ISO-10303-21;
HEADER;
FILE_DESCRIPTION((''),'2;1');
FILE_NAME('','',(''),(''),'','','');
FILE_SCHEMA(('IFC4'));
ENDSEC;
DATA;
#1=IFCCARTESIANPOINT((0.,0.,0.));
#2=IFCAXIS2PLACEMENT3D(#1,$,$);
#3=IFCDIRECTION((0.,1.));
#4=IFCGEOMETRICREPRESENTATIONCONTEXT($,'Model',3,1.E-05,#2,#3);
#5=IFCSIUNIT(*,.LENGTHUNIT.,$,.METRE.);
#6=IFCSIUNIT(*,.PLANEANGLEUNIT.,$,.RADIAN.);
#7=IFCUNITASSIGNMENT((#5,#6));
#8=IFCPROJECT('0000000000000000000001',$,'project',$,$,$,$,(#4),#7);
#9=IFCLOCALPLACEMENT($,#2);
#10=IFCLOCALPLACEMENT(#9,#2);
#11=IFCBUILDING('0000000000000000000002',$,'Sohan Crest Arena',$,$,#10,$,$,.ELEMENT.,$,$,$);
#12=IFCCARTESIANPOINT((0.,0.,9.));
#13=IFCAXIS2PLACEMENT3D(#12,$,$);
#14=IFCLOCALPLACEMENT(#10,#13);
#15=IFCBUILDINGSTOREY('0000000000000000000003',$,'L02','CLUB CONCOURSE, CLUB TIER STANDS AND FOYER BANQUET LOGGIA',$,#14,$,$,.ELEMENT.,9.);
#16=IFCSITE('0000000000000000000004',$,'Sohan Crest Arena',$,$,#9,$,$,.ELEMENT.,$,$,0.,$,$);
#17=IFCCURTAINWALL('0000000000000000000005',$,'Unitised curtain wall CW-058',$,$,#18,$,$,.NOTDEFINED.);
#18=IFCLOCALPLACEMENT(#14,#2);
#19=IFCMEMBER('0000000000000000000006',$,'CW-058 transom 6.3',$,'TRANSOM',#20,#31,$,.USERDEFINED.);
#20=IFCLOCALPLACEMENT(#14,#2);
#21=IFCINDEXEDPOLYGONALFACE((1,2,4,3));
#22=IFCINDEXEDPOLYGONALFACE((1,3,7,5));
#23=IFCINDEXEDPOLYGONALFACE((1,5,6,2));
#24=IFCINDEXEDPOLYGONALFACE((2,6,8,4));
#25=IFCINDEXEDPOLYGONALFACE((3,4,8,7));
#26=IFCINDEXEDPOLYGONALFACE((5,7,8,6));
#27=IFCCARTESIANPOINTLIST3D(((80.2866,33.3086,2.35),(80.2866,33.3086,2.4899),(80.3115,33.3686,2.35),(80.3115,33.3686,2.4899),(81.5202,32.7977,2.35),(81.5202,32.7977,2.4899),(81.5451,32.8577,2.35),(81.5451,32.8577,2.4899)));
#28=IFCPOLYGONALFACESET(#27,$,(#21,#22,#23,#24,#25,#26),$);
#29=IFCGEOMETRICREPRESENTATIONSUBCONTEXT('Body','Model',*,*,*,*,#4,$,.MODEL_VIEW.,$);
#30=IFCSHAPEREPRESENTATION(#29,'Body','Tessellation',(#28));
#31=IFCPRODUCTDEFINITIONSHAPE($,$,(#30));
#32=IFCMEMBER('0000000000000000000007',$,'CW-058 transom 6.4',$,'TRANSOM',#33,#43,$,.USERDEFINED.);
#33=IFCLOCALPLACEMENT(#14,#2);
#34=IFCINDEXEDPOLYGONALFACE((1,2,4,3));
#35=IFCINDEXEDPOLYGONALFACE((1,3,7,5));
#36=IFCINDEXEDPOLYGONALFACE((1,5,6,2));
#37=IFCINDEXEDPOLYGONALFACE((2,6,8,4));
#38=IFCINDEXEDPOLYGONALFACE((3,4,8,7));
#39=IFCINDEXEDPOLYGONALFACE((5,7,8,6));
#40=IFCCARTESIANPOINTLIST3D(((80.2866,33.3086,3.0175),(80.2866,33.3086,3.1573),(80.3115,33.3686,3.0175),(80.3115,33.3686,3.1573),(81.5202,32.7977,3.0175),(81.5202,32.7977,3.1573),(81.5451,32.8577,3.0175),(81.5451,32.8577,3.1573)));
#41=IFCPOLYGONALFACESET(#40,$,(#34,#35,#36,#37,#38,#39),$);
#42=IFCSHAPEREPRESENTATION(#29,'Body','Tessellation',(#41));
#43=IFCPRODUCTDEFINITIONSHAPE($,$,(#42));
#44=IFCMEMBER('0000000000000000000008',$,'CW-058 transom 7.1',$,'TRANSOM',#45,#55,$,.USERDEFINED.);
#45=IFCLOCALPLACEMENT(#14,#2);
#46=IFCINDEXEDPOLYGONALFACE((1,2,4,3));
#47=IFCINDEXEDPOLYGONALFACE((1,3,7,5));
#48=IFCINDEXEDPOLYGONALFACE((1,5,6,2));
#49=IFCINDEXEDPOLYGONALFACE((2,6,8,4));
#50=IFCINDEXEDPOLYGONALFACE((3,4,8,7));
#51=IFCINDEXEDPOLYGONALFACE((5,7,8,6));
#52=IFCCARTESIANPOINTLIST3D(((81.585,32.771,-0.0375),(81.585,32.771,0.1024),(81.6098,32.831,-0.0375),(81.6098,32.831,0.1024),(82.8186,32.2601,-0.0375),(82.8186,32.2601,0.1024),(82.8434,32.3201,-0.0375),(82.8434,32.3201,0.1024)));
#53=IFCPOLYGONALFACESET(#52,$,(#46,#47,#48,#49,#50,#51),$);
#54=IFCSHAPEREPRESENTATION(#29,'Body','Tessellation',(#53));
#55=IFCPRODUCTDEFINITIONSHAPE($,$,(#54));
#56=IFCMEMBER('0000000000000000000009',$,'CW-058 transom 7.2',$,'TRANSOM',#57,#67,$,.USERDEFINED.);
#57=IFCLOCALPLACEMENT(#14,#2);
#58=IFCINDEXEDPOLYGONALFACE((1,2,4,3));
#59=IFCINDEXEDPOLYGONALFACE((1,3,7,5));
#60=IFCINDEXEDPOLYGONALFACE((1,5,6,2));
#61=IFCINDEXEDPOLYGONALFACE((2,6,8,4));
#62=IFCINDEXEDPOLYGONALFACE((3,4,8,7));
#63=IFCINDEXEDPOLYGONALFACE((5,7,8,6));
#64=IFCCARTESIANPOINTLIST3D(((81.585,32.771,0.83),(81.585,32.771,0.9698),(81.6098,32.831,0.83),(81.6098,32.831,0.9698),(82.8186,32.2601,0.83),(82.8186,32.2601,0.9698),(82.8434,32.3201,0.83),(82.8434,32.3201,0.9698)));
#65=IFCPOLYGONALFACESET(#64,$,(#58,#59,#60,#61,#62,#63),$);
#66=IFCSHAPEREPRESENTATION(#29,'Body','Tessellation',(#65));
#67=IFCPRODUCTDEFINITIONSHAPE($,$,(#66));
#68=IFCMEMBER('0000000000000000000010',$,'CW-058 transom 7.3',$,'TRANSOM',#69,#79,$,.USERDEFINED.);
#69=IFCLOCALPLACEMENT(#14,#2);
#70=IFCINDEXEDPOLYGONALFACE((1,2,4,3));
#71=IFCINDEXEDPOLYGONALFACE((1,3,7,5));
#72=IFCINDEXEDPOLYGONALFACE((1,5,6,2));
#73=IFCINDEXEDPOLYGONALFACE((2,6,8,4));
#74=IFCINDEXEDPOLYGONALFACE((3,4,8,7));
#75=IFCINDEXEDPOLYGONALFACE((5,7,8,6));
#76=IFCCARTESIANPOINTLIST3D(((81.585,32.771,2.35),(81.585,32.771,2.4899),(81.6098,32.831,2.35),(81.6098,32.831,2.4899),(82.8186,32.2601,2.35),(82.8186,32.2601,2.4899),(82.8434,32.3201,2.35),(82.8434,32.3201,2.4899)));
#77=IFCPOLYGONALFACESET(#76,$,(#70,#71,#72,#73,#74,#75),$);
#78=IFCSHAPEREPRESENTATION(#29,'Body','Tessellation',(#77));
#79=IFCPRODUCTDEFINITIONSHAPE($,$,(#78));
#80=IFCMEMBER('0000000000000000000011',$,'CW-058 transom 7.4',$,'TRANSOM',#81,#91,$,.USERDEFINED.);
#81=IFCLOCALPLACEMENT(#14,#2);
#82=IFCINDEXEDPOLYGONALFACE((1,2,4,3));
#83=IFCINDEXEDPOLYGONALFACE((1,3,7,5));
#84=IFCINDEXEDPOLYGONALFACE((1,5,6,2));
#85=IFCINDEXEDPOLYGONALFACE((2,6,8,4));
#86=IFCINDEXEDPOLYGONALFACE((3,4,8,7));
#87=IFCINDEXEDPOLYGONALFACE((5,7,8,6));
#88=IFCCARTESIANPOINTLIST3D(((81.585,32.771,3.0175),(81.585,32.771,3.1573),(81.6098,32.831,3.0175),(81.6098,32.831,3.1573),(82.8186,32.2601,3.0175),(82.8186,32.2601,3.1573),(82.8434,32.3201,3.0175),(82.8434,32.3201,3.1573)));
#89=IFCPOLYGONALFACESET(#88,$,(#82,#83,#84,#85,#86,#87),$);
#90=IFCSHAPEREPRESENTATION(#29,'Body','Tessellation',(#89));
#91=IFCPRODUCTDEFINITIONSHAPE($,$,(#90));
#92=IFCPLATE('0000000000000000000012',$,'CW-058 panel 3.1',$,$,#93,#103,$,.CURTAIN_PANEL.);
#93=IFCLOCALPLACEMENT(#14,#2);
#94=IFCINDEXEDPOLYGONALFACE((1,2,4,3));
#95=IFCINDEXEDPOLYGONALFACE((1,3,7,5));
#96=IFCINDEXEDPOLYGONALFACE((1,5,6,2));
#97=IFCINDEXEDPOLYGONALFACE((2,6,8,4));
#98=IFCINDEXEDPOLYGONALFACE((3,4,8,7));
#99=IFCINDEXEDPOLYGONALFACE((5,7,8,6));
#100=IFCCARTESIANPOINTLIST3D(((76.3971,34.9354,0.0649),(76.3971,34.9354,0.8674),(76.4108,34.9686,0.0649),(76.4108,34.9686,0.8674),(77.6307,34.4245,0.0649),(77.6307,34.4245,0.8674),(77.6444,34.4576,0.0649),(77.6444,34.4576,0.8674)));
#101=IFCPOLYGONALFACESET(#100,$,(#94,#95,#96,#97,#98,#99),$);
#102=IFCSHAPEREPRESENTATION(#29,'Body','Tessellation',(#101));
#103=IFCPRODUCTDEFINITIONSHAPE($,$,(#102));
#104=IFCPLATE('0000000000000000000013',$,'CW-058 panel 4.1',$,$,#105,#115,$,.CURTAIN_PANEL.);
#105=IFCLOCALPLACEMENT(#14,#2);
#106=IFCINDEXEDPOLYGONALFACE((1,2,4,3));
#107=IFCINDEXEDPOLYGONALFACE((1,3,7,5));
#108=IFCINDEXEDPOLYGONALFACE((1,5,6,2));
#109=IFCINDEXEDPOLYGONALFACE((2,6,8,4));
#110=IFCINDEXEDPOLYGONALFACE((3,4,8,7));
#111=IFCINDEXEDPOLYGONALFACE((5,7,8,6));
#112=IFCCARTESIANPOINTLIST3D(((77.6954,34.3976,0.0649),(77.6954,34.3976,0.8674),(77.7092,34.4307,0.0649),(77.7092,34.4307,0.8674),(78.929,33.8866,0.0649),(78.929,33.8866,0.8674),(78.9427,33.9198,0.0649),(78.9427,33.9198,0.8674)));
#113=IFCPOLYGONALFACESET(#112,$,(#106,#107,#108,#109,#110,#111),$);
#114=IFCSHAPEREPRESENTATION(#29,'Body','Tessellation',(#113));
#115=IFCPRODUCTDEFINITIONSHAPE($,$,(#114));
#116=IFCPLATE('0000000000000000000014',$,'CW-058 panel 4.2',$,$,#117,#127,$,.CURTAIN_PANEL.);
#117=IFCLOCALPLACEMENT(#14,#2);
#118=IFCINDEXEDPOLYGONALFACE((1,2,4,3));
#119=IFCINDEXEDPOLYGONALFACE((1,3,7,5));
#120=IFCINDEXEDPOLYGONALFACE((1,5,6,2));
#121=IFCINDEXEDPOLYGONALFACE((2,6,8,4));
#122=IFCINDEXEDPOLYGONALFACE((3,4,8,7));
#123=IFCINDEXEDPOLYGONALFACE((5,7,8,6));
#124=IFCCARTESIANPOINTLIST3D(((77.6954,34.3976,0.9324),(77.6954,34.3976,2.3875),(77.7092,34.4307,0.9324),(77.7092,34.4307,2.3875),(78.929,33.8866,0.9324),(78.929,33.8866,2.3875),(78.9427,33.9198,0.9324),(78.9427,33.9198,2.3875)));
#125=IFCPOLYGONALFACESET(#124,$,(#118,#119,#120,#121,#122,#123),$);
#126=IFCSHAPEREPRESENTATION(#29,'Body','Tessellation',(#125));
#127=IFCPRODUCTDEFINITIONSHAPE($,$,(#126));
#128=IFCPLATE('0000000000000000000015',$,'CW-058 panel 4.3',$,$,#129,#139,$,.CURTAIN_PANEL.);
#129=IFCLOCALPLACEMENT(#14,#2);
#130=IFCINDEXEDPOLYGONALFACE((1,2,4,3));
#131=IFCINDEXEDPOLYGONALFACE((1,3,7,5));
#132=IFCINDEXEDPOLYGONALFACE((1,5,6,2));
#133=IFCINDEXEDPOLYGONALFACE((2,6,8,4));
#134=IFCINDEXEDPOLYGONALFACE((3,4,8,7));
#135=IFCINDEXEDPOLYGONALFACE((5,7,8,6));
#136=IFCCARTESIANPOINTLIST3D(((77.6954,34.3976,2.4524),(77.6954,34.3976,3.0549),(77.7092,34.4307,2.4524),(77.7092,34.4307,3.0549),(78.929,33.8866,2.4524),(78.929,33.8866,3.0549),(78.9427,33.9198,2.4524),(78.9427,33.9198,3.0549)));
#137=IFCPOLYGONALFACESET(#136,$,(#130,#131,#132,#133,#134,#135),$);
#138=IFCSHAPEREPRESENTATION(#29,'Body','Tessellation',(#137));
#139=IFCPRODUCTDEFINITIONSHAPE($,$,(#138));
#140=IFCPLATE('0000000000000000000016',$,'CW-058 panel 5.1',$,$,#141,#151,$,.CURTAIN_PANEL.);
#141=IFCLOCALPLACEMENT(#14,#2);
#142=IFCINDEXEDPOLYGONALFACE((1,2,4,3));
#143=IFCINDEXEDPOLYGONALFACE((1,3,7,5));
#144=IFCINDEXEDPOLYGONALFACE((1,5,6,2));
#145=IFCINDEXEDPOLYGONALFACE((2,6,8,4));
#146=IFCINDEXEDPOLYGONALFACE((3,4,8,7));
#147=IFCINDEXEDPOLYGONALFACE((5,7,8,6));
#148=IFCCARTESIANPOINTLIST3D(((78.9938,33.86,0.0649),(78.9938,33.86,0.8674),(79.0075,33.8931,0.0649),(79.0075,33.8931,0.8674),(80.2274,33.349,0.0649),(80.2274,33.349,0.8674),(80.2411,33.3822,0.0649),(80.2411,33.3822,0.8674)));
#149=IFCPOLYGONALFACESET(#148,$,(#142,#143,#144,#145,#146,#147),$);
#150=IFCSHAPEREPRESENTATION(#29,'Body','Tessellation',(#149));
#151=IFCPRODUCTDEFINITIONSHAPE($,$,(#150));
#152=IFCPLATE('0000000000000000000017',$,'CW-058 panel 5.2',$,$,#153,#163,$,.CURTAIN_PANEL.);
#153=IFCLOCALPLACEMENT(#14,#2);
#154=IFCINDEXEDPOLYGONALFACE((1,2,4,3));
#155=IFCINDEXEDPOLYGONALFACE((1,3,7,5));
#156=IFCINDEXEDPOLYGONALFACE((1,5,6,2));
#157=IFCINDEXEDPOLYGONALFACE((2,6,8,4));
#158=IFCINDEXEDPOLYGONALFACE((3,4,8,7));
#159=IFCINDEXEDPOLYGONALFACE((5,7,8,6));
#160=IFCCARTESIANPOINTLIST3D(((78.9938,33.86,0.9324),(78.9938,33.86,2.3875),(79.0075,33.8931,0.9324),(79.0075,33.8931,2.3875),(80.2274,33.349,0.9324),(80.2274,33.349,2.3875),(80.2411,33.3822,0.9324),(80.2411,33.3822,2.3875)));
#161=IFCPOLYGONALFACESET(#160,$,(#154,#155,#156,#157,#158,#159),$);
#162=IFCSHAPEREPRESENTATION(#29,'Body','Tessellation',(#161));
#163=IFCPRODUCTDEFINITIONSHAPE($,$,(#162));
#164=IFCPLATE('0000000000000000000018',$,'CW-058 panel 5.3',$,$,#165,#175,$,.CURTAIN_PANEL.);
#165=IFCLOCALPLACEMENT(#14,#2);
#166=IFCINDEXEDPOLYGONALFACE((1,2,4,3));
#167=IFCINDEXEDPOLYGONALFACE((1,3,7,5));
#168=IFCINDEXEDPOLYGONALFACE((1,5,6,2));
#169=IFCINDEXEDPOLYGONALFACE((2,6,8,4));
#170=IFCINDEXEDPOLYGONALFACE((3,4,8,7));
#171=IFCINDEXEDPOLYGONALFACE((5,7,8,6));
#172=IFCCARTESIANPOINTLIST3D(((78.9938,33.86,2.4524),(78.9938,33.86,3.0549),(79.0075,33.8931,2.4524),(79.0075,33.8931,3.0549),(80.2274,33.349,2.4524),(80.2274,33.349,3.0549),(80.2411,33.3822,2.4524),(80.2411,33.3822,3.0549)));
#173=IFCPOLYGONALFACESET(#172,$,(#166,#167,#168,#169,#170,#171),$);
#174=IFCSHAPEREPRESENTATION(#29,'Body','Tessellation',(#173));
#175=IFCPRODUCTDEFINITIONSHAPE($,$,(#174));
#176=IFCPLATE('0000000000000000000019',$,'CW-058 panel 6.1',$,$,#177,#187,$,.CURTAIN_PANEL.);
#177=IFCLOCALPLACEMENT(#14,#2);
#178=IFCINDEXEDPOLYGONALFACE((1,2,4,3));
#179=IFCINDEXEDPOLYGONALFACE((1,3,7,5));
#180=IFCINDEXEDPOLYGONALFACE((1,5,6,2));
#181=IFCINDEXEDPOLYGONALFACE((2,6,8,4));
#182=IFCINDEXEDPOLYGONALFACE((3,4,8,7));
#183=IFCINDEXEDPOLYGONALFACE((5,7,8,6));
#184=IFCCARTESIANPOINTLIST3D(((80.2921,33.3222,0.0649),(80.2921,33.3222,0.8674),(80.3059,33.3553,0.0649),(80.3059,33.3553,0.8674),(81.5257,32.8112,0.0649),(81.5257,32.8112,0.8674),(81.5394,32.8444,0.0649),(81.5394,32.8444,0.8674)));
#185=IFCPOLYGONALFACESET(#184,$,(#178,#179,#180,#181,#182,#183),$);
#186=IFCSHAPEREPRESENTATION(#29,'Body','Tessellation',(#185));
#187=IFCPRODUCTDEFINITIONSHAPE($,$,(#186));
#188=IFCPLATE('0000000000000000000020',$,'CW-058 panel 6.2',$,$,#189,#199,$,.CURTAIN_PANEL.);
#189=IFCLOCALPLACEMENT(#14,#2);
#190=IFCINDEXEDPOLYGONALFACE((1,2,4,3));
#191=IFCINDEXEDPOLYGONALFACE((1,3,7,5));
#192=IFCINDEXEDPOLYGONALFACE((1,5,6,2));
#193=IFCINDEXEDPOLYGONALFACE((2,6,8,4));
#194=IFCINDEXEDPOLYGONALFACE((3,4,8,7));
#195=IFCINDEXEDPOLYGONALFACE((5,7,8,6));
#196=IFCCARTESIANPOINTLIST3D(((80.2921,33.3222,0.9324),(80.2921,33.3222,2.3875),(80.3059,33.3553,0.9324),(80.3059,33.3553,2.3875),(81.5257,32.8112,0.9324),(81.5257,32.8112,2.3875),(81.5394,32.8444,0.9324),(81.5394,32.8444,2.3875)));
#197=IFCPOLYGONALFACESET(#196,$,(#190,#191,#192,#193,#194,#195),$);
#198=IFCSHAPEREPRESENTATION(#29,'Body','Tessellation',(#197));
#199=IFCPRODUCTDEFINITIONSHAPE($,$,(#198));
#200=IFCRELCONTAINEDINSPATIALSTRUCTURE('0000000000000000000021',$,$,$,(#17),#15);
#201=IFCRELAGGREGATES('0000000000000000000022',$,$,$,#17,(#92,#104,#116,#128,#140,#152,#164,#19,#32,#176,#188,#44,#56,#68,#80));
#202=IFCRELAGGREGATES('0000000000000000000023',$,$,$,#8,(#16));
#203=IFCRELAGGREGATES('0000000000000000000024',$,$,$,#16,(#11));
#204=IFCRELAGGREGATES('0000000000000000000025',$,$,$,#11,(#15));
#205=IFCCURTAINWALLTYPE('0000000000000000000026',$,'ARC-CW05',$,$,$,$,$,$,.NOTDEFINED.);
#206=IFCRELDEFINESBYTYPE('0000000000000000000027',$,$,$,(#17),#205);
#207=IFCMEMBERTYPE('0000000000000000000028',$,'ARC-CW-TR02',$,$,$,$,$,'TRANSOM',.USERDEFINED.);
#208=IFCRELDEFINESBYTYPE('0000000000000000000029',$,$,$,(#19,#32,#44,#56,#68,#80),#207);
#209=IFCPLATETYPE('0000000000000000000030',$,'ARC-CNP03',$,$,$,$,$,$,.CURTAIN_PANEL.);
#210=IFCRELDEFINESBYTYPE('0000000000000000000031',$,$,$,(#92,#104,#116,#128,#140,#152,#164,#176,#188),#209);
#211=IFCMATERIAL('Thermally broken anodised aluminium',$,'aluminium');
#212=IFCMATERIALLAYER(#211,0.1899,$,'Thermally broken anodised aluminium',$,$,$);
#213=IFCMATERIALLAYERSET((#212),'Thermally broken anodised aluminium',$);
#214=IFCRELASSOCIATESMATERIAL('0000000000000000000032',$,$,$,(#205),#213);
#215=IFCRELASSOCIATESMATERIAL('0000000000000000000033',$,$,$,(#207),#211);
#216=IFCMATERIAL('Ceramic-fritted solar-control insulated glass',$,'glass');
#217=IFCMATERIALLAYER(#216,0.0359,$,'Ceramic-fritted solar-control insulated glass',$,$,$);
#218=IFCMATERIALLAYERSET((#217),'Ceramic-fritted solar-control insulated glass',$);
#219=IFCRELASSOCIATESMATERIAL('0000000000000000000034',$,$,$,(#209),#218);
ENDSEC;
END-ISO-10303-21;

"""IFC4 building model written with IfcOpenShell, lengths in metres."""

from ifc_helpers import new_model, si_unit, direction, frame, origin, origin_2d, place, context, subcontext, project, spatial, rectangle, extrude, material, layer, layer_set, material_profile, profile_set, type_object, element, aggregate, save


model = new_model("IFC4")

# Units and contexts
model_context = context("Model", 3, precision=1e-05, world=origin(), true_north=direction((0.0, 1.0)))
body_context = subcontext(model_context, "Body", "Model", "MODEL_VIEW")
ifc_project = project(units=[si_unit("LENGTHUNIT", "METRE"), si_unit("PLANEANGLEUNIT", "RADIAN")], contexts=[model_context])

# Site, building, storey
site_placement = place(None, origin())
site = spatial("IfcSite", under=ifc_project, at=site_placement, Name="Sohan Crest Arena", CompositionType="ELEMENT", RefElevation=0.0)
building_placement = place(site_placement, origin())
building = spatial("IfcBuilding", under=site, at=building_placement, Name="Sohan Crest Arena", CompositionType="ELEMENT")
storey_placement = place(building_placement, frame((0.0, 0.0, 9.0)))
storey = spatial("IfcBuildingStorey", under=building, at=storey_placement, Name="L02", Description="CLUB CONCOURSE, CLUB TIER STANDS AND FOYER BANQUET LOGGIA", CompositionType="ELEMENT", Elevation=9.0)

# Curtain wall, members, plates
ifc_material_1 = material(Name="Thermally broken anodised aluminium", Category="aluminium")
ifc_layer_1 = layer(ifc_material_1, 0.1899, Name="Thermally broken anodised aluminium")
ifc_layer_set_1 = layer_set([ifc_layer_1], Name="Thermally broken anodised aluminium")
curtain_wall_type = type_object("IfcCurtainWallType", Name="ARC-CW05", PredefinedType="NOTDEFINED", material=ifc_layer_set_1)
curtain_wall_placement = place(storey_placement, origin())
curtain_wall = element("IfcCurtainWall", 1, at=curtain_wall_placement, inside=storey, type_object=curtain_wall_type, Name="Unitised curtain wall CW-058", PredefinedType="NOTDEFINED")
ifc_material_profile_1 = material_profile(ifc_material_1, rectangle(XDim=0.0649, YDim=0.1399, at=origin_2d()), Name="ALU-TRAN 65x140")
ifc_profile_set_1 = profile_set([ifc_material_profile_1], Name="Thermally broken anodised aluminium")
member_type_1 = type_object("IfcMemberType", Name="ARC-CW-TR02", ElementType="TRANSOM", PredefinedType="USERDEFINED", material=ifc_profile_set_1)
member_1_placement = place(storey_placement, frame((80.2991, 33.3386, 2.4199), z_axis=(0.923881, -0.38268, 0.0), x_axis=(0.38268, 0.923881, 0.0)))
member_1 = element("IfcMember", 2, at=member_1_placement, type_object=member_type_1, Name="CW-058 transom 6.3", ObjectType="TRANSOM", PredefinedType="USERDEFINED", context=body_context, shape_type="SweptSolid", body=[
    extrude(rectangle(XDim=0.0649, YDim=0.1399, at=origin_2d()), origin(), (0.0, 0.0, 1.0), 1.3352),
])
member_2_placement = place(storey_placement, frame((80.2991, 33.3386, 3.0874), z_axis=(0.923881, -0.38268, 0.0), x_axis=(0.38268, 0.923881, 0.0)))
member_2 = element("IfcMember", 3, at=member_2_placement, type_object=member_type_1, Name="CW-058 transom 6.4", ObjectType="TRANSOM", PredefinedType="USERDEFINED", context=body_context, shape_type="SweptSolid", body=[
    extrude(rectangle(XDim=0.0649, YDim=0.1399, at=origin_2d()), origin(), (0.0, 0.0, 1.0), 1.3352),
])
member_3_placement = place(storey_placement, frame((81.5974, 32.801, 0.0325), z_axis=(0.923881, -0.38268, 0.0), x_axis=(0.38268, 0.923881, 0.0)))
member_3 = element("IfcMember", 4, at=member_3_placement, type_object=member_type_1, Name="CW-058 transom 7.1", ObjectType="TRANSOM", PredefinedType="USERDEFINED", context=body_context, shape_type="SweptSolid", body=[
    extrude(rectangle(XDim=0.0649, YDim=0.1399, at=origin_2d()), origin(), (0.0, 0.0, 1.0), 1.3352),
])
member_4_placement = place(storey_placement, frame((81.5974, 32.801, 0.8999), z_axis=(0.923881, -0.38268, 0.0), x_axis=(0.38268, 0.923881, 0.0)))
member_4 = element("IfcMember", 5, at=member_4_placement, type_object=member_type_1, Name="CW-058 transom 7.2", ObjectType="TRANSOM", PredefinedType="USERDEFINED", context=body_context, shape_type="SweptSolid", body=[
    extrude(rectangle(XDim=0.0649, YDim=0.1399, at=origin_2d()), origin(), (0.0, 0.0, 1.0), 1.3352),
])
member_5_placement = place(storey_placement, frame((81.5974, 32.801, 2.4199), z_axis=(0.923881, -0.38268, 0.0), x_axis=(0.38268, 0.923881, 0.0)))
member_5 = element("IfcMember", 6, at=member_5_placement, type_object=member_type_1, Name="CW-058 transom 7.3", ObjectType="TRANSOM", PredefinedType="USERDEFINED", context=body_context, shape_type="SweptSolid", body=[
    extrude(rectangle(XDim=0.0649, YDim=0.1399, at=origin_2d()), origin(), (0.0, 0.0, 1.0), 1.3352),
])
member_6_placement = place(storey_placement, frame((81.5974, 32.801, 3.0874), z_axis=(0.923881, -0.38268, 0.0), x_axis=(0.38268, 0.923881, 0.0)))
member_6 = element("IfcMember", 7, at=member_6_placement, type_object=member_type_1, Name="CW-058 transom 7.4", ObjectType="TRANSOM", PredefinedType="USERDEFINED", context=body_context, shape_type="SweptSolid", body=[
    extrude(rectangle(XDim=0.0649, YDim=0.1399, at=origin_2d()), origin(), (0.0, 0.0, 1.0), 1.3352),
])
ifc_material_2 = material(Name="Ceramic-fritted solar-control insulated glass", Category="glass")
ifc_layer_2 = layer(ifc_material_2, 0.0359, Name="Ceramic-fritted solar-control insulated glass")
ifc_layer_set_2 = layer_set([ifc_layer_2], Name="Ceramic-fritted solar-control insulated glass")
plate_type = type_object("IfcPlateType", Name="ARC-CNP03", PredefinedType="CURTAIN_PANEL", material=ifc_layer_set_2)
plate_1_placement = place(storey_placement, frame((77.0208, 34.6965, 0.0649), z_axis=(0.0, 0.0, 1.0), x_axis=(0.923882, -0.382678, 0.0)))
plate_1 = element("IfcPlate", 8, at=plate_1_placement, type_object=plate_type, Name="CW-058 panel 3.1", PredefinedType="CURTAIN_PANEL", context=body_context, shape_type="SweptSolid", body=[
    extrude(rectangle(XDim=1.3352, YDim=0.0359, at=origin_2d()), origin(), (0.0, 0.0, 1.0), 0.8025),
])
plate_2_placement = place(storey_placement, frame((78.3191, 34.1587, 0.0649), z_axis=(0.0, 0.0, 1.0), x_axis=(0.923882, -0.382678, 0.0)))
plate_2 = element("IfcPlate", 9, at=plate_2_placement, type_object=plate_type, Name="CW-058 panel 4.1", PredefinedType="CURTAIN_PANEL", context=body_context, shape_type="SweptSolid", body=[
    extrude(rectangle(XDim=1.3352, YDim=0.0359, at=origin_2d()), origin(), (0.0, 0.0, 1.0), 0.8025),
])
plate_3_placement = place(storey_placement, frame((78.3191, 34.1587, 0.9324), z_axis=(0.0, 0.0, 1.0), x_axis=(0.923882, -0.382678, 0.0)))
plate_3 = element("IfcPlate", 10, at=plate_3_placement, type_object=plate_type, Name="CW-058 panel 4.2", PredefinedType="CURTAIN_PANEL", context=body_context, shape_type="SweptSolid", body=[
    extrude(rectangle(XDim=1.3352, YDim=0.0359, at=origin_2d()), origin(), (0.0, 0.0, 1.0), 1.4551),
])
plate_4_placement = place(storey_placement, frame((78.3191, 34.1587, 2.4524), z_axis=(0.0, 0.0, 1.0), x_axis=(0.923882, -0.382678, 0.0)))
plate_4 = element("IfcPlate", 11, at=plate_4_placement, type_object=plate_type, Name="CW-058 panel 4.3", PredefinedType="CURTAIN_PANEL", context=body_context, shape_type="SweptSolid", body=[
    extrude(rectangle(XDim=1.3352, YDim=0.0359, at=origin_2d()), origin(), (0.0, 0.0, 1.0), 0.6025),
])
plate_5_placement = place(storey_placement, frame((79.6174, 33.6211, 0.0649), z_axis=(0.0, 0.0, 1.0), x_axis=(0.923882, -0.382678, 0.0)))
plate_5 = element("IfcPlate", 12, at=plate_5_placement, type_object=plate_type, Name="CW-058 panel 5.1", PredefinedType="CURTAIN_PANEL", context=body_context, shape_type="SweptSolid", body=[
    extrude(rectangle(XDim=1.3352, YDim=0.0359, at=origin_2d()), origin(), (0.0, 0.0, 1.0), 0.8025),
])
plate_6_placement = place(storey_placement, frame((79.6174, 33.6211, 0.9324), z_axis=(0.0, 0.0, 1.0), x_axis=(0.923882, -0.382678, 0.0)))
plate_6 = element("IfcPlate", 13, at=plate_6_placement, type_object=plate_type, Name="CW-058 panel 5.2", PredefinedType="CURTAIN_PANEL", context=body_context, shape_type="SweptSolid", body=[
    extrude(rectangle(XDim=1.3352, YDim=0.0359, at=origin_2d()), origin(), (0.0, 0.0, 1.0), 1.4551),
])
plate_7_placement = place(storey_placement, frame((79.6174, 33.6211, 2.4524), z_axis=(0.0, 0.0, 1.0), x_axis=(0.923882, -0.382678, 0.0)))
plate_7 = element("IfcPlate", 14, at=plate_7_placement, type_object=plate_type, Name="CW-058 panel 5.3", PredefinedType="CURTAIN_PANEL", context=body_context, shape_type="SweptSolid", body=[
    extrude(rectangle(XDim=1.3352, YDim=0.0359, at=origin_2d()), origin(), (0.0, 0.0, 1.0), 0.6025),
])
plate_8_placement = place(storey_placement, frame((80.9158, 33.0833, 0.0649), z_axis=(0.0, 0.0, 1.0), x_axis=(0.923882, -0.382678, 0.0)))
plate_8 = element("IfcPlate", 15, at=plate_8_placement, type_object=plate_type, Name="CW-058 panel 6.1", PredefinedType="CURTAIN_PANEL", context=body_context, shape_type="SweptSolid", body=[
    extrude(rectangle(XDim=1.3352, YDim=0.0359, at=origin_2d()), origin(), (0.0, 0.0, 1.0), 0.8025),
])
plate_9_placement = place(storey_placement, frame((80.9158, 33.0833, 0.9324), z_axis=(0.0, 0.0, 1.0), x_axis=(0.923882, -0.382678, 0.0)))
plate_9 = element("IfcPlate", 16, at=plate_9_placement, type_object=plate_type, Name="CW-058 panel 6.2", PredefinedType="CURTAIN_PANEL", context=body_context, shape_type="SweptSolid", body=[
    extrude(rectangle(XDim=1.3352, YDim=0.0359, at=origin_2d()), origin(), (0.0, 0.0, 1.0), 1.4551),
])
aggregate(curtain_wall, [plate_1, plate_2, plate_3, plate_4, plate_5, plate_6, plate_7, member_1, member_2, plate_8, plate_9, member_3, member_4, member_5, member_6])

save(model, "model.ifc")
